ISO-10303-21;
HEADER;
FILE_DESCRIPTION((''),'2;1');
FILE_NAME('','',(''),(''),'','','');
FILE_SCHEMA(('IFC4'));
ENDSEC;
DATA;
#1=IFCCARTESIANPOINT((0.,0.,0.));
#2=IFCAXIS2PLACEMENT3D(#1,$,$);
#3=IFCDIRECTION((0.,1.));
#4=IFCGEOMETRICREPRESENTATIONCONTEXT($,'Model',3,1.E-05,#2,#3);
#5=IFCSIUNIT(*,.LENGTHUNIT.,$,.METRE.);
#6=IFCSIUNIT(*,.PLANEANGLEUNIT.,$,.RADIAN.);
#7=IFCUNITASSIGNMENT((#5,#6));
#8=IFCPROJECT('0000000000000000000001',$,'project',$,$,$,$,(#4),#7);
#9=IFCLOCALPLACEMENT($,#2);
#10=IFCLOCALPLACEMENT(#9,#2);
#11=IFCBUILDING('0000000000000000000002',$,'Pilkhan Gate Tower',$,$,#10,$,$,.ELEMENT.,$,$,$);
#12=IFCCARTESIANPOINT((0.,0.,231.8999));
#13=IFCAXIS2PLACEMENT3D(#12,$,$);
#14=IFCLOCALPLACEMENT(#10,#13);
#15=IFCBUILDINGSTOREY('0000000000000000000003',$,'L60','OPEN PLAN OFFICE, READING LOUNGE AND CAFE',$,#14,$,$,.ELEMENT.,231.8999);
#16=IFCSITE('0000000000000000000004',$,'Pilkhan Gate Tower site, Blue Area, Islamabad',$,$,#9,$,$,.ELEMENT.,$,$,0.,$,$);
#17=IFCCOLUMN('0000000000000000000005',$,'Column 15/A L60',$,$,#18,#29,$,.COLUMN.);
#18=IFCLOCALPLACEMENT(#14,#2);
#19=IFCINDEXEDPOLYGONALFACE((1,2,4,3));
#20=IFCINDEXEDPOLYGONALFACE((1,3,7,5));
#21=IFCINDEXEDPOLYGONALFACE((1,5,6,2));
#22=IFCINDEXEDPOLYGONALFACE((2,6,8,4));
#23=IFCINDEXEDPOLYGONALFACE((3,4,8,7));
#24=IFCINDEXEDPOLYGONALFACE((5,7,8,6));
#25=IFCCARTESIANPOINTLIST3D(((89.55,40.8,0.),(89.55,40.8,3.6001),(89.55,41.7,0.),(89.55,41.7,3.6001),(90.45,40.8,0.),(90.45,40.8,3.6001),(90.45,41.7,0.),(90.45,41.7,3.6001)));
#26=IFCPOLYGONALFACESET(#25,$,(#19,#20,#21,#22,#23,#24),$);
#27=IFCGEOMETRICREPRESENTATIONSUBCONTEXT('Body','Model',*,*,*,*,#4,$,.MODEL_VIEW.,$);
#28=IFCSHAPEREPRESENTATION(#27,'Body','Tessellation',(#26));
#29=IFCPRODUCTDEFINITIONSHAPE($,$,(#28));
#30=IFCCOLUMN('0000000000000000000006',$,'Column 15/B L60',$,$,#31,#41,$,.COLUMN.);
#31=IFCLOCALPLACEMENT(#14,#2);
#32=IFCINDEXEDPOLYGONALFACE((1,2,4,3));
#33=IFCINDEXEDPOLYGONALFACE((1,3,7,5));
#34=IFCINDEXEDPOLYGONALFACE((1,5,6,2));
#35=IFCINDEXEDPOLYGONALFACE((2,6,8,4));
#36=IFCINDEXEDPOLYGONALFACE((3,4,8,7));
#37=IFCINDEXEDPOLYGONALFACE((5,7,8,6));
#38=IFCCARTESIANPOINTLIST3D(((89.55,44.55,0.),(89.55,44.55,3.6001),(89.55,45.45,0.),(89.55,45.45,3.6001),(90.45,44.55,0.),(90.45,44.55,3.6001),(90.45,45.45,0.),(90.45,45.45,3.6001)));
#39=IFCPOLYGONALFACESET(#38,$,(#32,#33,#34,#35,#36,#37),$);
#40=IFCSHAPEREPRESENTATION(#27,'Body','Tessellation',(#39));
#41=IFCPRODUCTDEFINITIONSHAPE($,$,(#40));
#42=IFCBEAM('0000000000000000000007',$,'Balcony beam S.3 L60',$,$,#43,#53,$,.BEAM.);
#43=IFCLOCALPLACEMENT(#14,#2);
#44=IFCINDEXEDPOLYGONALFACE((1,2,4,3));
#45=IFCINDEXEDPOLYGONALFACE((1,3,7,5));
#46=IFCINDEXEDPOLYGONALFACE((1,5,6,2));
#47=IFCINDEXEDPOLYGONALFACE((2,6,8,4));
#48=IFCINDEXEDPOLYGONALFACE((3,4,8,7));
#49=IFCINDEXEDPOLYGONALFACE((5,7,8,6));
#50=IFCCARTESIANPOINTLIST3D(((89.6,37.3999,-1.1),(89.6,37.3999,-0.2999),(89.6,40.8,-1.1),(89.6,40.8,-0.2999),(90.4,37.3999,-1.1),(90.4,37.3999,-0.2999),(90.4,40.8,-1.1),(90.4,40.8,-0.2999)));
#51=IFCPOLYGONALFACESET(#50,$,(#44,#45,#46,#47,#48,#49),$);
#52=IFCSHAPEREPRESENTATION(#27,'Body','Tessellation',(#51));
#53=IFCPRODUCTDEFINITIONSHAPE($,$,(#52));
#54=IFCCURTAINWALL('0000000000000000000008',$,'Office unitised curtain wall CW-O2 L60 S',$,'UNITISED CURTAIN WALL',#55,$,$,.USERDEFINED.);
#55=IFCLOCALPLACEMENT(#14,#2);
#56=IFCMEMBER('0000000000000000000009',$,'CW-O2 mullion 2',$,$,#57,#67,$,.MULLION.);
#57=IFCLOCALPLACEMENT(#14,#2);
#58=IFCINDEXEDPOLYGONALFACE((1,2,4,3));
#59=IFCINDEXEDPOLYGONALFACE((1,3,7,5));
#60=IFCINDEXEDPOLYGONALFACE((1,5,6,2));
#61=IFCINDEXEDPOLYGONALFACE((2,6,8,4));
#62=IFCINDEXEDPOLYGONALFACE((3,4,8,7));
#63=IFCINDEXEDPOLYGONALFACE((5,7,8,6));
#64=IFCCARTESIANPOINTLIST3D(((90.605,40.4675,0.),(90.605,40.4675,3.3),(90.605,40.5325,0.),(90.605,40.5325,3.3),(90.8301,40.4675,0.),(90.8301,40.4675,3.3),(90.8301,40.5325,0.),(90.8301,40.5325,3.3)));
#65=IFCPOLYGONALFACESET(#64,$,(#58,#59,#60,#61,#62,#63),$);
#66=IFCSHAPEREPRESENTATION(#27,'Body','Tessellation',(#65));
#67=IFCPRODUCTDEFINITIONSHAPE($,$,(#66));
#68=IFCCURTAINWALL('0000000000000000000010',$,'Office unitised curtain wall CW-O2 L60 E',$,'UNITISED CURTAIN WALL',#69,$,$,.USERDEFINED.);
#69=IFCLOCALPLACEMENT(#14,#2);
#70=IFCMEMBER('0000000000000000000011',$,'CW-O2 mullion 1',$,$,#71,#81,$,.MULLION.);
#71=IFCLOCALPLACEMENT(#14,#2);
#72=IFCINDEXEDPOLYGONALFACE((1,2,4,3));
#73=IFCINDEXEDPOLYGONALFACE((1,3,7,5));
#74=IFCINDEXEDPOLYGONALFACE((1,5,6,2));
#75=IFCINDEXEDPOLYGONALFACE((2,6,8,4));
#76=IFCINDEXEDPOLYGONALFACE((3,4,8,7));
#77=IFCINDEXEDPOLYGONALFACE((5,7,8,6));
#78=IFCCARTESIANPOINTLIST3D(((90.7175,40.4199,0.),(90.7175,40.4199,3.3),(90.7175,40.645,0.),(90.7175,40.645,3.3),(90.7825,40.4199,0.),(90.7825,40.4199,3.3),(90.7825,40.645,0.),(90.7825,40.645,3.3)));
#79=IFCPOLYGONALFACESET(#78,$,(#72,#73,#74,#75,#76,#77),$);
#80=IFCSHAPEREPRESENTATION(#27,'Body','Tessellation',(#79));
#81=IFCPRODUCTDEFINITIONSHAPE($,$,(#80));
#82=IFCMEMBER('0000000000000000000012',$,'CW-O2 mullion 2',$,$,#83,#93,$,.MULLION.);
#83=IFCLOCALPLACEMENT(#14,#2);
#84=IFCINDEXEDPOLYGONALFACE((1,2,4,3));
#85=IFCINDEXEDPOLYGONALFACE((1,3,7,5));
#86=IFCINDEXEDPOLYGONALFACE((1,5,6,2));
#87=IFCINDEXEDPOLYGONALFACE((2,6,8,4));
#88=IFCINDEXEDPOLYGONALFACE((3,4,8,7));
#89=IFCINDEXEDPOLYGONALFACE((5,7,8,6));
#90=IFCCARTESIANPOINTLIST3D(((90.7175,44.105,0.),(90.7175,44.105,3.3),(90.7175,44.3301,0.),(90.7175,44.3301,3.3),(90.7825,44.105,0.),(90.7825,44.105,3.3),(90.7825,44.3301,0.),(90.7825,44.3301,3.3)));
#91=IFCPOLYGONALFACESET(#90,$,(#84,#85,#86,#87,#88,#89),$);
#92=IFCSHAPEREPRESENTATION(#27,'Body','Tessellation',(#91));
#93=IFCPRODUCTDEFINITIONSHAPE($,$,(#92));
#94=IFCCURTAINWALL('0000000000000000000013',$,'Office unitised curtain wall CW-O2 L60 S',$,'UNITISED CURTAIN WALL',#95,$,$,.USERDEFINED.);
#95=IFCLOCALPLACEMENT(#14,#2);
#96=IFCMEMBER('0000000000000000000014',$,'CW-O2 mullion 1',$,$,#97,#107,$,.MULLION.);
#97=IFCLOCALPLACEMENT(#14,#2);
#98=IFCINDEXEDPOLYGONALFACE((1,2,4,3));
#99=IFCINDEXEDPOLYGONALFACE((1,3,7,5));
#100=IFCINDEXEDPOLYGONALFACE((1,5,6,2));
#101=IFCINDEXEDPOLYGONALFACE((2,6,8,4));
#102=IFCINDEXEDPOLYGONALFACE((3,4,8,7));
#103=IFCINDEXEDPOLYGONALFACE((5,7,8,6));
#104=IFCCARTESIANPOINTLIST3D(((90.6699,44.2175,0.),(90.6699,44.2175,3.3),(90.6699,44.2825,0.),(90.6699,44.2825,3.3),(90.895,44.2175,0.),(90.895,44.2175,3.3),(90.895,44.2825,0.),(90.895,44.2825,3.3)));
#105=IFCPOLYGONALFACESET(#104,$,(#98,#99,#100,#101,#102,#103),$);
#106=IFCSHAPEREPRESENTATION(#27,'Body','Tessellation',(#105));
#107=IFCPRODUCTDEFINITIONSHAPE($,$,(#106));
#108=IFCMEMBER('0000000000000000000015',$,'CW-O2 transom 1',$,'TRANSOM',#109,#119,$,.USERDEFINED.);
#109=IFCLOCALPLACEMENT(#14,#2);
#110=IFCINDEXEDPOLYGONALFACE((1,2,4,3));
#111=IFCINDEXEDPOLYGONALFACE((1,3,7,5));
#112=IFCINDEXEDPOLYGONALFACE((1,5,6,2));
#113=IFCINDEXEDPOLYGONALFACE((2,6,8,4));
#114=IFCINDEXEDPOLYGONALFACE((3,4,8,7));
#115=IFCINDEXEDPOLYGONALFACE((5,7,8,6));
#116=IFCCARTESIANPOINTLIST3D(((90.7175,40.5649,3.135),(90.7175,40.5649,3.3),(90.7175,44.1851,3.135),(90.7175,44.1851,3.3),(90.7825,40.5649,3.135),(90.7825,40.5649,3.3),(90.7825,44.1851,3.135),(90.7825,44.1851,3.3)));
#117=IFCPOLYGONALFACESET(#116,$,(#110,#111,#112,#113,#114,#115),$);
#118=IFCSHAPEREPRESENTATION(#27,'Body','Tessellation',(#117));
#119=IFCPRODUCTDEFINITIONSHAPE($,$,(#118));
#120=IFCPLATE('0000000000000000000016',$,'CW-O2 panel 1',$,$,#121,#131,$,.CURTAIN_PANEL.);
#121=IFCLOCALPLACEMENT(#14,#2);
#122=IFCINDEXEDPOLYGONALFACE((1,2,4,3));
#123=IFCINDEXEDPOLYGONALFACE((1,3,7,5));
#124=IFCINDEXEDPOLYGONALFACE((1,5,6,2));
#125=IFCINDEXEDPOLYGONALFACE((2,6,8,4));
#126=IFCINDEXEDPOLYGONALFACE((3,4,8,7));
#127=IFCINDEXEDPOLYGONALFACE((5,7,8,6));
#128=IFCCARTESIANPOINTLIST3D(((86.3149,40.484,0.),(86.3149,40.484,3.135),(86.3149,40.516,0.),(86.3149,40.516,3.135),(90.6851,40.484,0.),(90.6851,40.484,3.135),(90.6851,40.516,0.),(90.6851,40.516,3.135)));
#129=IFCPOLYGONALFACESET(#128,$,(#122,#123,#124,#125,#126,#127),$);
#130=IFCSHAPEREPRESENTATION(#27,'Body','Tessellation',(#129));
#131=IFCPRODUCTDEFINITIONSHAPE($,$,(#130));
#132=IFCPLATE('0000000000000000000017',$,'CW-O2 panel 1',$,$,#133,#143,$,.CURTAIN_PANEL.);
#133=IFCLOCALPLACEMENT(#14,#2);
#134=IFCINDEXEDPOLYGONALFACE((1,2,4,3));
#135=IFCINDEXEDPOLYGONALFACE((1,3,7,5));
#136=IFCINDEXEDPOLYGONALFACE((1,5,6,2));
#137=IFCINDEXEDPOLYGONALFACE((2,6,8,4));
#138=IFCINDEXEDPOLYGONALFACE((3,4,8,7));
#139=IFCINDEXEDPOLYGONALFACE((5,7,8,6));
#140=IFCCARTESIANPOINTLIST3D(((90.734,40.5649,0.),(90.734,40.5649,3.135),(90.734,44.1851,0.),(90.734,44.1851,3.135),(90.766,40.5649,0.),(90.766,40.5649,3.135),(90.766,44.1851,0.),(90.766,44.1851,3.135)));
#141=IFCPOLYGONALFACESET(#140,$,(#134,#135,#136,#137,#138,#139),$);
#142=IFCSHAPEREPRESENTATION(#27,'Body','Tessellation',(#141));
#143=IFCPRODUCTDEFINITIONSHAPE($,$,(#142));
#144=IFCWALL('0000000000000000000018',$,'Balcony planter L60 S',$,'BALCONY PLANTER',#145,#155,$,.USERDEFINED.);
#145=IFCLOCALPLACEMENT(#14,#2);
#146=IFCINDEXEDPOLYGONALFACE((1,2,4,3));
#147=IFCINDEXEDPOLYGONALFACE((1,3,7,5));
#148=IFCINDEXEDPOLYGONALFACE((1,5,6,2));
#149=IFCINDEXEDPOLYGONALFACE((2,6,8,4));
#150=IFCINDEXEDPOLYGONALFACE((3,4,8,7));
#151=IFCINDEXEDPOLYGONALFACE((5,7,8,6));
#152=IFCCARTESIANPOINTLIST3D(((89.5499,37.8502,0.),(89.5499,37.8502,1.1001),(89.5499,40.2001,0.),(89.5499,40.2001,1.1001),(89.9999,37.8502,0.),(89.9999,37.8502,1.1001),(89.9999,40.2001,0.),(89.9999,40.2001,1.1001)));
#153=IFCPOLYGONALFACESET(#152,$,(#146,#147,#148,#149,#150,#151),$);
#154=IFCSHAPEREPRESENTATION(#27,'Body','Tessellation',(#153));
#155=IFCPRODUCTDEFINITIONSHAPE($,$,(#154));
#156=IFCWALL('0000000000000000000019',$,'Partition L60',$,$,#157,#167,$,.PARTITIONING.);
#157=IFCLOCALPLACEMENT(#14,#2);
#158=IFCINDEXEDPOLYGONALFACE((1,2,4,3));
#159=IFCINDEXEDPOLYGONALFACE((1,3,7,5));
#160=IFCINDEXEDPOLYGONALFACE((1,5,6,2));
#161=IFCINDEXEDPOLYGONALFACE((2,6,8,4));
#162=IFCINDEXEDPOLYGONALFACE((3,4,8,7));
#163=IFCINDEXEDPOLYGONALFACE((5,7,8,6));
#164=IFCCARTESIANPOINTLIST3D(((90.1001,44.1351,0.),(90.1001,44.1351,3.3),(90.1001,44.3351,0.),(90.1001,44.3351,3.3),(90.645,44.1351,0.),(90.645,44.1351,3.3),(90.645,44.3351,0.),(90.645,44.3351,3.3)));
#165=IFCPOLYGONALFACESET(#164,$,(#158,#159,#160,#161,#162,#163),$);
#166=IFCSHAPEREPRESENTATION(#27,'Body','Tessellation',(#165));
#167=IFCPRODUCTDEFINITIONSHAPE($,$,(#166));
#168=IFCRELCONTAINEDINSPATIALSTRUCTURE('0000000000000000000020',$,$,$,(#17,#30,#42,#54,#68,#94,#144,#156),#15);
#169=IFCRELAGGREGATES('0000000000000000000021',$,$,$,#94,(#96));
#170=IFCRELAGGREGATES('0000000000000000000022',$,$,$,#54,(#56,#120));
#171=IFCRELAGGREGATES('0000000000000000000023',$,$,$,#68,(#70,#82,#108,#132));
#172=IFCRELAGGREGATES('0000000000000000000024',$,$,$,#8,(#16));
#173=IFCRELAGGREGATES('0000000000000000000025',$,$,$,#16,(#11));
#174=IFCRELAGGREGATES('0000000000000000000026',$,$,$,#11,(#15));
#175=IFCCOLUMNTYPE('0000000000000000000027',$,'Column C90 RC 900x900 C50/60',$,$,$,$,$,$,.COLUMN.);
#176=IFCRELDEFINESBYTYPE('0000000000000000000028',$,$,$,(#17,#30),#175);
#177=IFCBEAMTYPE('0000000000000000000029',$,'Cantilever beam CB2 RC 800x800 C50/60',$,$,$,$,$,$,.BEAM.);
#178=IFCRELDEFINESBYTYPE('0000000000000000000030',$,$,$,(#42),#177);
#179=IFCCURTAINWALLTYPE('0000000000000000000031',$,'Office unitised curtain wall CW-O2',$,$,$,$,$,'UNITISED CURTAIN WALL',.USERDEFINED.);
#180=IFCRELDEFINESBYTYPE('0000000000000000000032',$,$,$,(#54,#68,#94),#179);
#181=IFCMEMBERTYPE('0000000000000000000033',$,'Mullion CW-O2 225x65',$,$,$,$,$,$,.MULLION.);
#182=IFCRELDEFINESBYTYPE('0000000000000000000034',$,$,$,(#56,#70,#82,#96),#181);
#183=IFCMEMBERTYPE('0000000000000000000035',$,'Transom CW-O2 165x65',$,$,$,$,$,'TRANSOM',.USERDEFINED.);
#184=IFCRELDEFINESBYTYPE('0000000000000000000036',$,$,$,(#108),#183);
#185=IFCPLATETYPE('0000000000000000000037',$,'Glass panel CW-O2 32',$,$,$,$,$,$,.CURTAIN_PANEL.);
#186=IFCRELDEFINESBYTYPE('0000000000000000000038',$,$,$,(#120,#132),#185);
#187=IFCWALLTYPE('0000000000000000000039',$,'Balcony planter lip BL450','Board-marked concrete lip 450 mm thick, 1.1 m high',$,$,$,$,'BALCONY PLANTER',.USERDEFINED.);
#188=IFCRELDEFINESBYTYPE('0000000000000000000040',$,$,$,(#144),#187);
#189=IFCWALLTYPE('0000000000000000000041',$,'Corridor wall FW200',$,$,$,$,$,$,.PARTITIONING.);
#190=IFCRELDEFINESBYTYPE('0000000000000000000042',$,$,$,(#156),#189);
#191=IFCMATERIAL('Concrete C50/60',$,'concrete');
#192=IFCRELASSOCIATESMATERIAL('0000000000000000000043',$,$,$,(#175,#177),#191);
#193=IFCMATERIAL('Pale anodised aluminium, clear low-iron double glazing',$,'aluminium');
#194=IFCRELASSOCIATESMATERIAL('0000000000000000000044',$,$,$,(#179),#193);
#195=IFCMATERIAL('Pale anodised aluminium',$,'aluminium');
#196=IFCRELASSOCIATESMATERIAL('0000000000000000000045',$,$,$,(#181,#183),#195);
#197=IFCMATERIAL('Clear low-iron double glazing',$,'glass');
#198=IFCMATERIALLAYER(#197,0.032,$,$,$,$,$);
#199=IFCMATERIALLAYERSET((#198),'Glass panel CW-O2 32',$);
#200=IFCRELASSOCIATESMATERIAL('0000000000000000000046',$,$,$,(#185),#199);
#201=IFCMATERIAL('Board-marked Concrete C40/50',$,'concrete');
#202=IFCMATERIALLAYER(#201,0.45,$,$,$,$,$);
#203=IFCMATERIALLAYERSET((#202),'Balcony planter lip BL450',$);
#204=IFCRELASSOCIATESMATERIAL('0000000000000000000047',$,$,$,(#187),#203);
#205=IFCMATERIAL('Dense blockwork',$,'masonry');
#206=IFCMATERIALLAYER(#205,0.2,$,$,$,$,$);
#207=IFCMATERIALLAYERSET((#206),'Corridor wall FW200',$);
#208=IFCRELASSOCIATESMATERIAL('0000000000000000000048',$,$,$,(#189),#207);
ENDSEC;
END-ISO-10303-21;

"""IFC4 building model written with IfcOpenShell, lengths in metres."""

from ifc_helpers import new_model, si_unit, direction, frame, frame_2d, origin, origin_2d, place, context, subcontext, project, spatial, rectangle, extrude, material, layer, layer_set, material_profile, profile_set, type_object, element, aggregate, save


model = new_model("IFC4")

# Units and contexts
model_context = context("Model", 3, precision=1e-05, world=origin(), true_north=direction((0.0, 1.0)))
body_context = subcontext(model_context, "Body", "Model", "MODEL_VIEW")
ifc_project = project(units=[si_unit("LENGTHUNIT", "METRE"), si_unit("PLANEANGLEUNIT", "RADIAN")], contexts=[model_context])

# Site, building, storey
site_placement = place(None, origin())
site = spatial("IfcSite", under=ifc_project, at=site_placement, Name="Pilkhan Gate Tower site, Blue Area, Islamabad", CompositionType="ELEMENT", RefElevation=0.0)
building_placement = place(site_placement, origin())
building = spatial("IfcBuilding", under=site, at=building_placement, Name="Pilkhan Gate Tower", CompositionType="ELEMENT")
storey_placement = place(building_placement, frame((0.0, 0.0, 231.8999)))
storey = spatial("IfcBuildingStorey", under=building, at=storey_placement, Name="L60", Description="OPEN PLAN OFFICE, READING LOUNGE AND CAFE", CompositionType="ELEMENT", Elevation=231.8999)

# Columns
ifc_material_1 = material(Name="Concrete C50/60", Category="concrete")
ifc_material_profile_1 = material_profile(ifc_material_1, rectangle(XDim=0.8999, YDim=0.8999, at=origin_2d()), Name="RC 900x900")
ifc_profile_set_1 = profile_set([ifc_material_profile_1], Name="Concrete C50/60")
column_type = type_object("IfcColumnType", Name="Column C90 RC 900x900 C50/60", PredefinedType="COLUMN", material=ifc_profile_set_1)
for number, where, z_axis, x_axis, name in (
    (1, (90.0, 41.25, 0.0), (0.0, 0.0, 1.0), (1.0, 0.0, 0.0), "Column 15/A L60"),
    (2, (90.0, 45.0, 0.0), (0.0, 0.0, 1.0), (1.0, 0.0, 0.0), "Column 15/B L60"),
):
    element("IfcColumn", number, at=place(storey_placement, frame(where, z_axis=z_axis, x_axis=x_axis)), inside=storey, type_object=column_type, Name=name, PredefinedType="COLUMN", context=body_context, shape_type="SweptSolid", body=[
        extrude(rectangle(XDim=0.8999, YDim=0.8999, at=origin_2d()), origin(), (0.0, 0.0, 1.0), 3.6001),
    ])

# Beam
ifc_material_profile_2 = material_profile(ifc_material_1, rectangle(XDim=0.8, YDim=0.8, at=origin_2d()), Name="RC 800x800")
ifc_profile_set_2 = profile_set([ifc_material_profile_2], Name="Concrete C50/60")
beam_type = type_object("IfcBeamType", Name="Cantilever beam CB2 RC 800x800 C50/60", PredefinedType="BEAM", material=ifc_profile_set_2)
beam_placement = place(storey_placement, frame((90.0, 40.8, -0.7), z_axis=(0.0, -1.0, 0.0), x_axis=(1.0, 0.0, 0.0)))
element("IfcBeam", 3, at=beam_placement, inside=storey, type_object=beam_type, Name="Balcony beam S.3 L60", PredefinedType="BEAM", context=body_context, shape_type="SweptSolid", body=[
    extrude(rectangle(XDim=0.8, YDim=0.8, at=origin_2d()), origin(), (0.0, 0.0, 1.0), 3.4001),
])

# Curtain wall, member
ifc_material_2 = material(Name="Pale anodised aluminium, clear low-iron double glazing", Category="aluminium")
curtain_wall_type = type_object("IfcCurtainWallType", Name="Office unitised curtain wall CW-O2", ElementType="UNITISED CURTAIN WALL", PredefinedType="USERDEFINED", material=ifc_material_2)
curtain_wall_1_placement = place(storey_placement, origin())
curtain_wall_1 = element("IfcCurtainWall", 4, at=curtain_wall_1_placement, inside=storey, type_object=curtain_wall_type, Name="Office unitised curtain wall CW-O2 L60 S", ObjectType="UNITISED CURTAIN WALL", PredefinedType="USERDEFINED")
ifc_material_3 = material(Name="Pale anodised aluminium", Category="aluminium")
ifc_material_profile_3 = material_profile(ifc_material_3, rectangle(XDim=0.0649, YDim=0.2251, at=origin_2d()), Name="Mullion 225x65")
ifc_profile_set_3 = profile_set([ifc_material_profile_3], Name="Pale anodised aluminium")
member_type_1 = type_object("IfcMemberType", Name="Mullion CW-O2 225x65", PredefinedType="MULLION", material=ifc_profile_set_3)
member_1_placement = place(storey_placement, frame((90.7175, 40.5, 0.0), z_axis=(0.0, 0.0, 1.0), x_axis=(0.0, 1.0, 0.0)))
member_1 = element("IfcMember", 5, at=member_1_placement, type_object=member_type_1, Name="CW-O2 mullion 2", PredefinedType="MULLION", context=body_context, shape_type="SweptSolid", body=[
    extrude(rectangle(XDim=0.0649, YDim=0.2251, at=origin_2d()), origin(), (0.0, 0.0, 1.0), 3.3),
])

# Curtain wall, members
curtain_wall_2_placement = place(storey_placement, origin())
curtain_wall_2 = element("IfcCurtainWall", 6, at=curtain_wall_2_placement, inside=storey, type_object=curtain_wall_type, Name="Office unitised curtain wall CW-O2 L60 E", ObjectType="UNITISED CURTAIN WALL", PredefinedType="USERDEFINED")
member_2_placement = place(storey_placement, frame((90.75, 40.5325, 0.0), z_axis=(0.0, 0.0, 1.0), x_axis=(-1.0, 0.0, 0.0)))
member_2 = element("IfcMember", 7, at=member_2_placement, type_object=member_type_1, Name="CW-O2 mullion 1", PredefinedType="MULLION", context=body_context, shape_type="SweptSolid", body=[
    extrude(rectangle(XDim=0.0649, YDim=0.2251, at=origin_2d()), origin(), (0.0, 0.0, 1.0), 3.3),
])
member_3_placement = place(storey_placement, frame((90.75, 44.2175, 0.0), z_axis=(0.0, 0.0, 1.0), x_axis=(-1.0, 0.0, 0.0)))
member_3 = element("IfcMember", 8, at=member_3_placement, type_object=member_type_1, Name="CW-O2 mullion 2", PredefinedType="MULLION", context=body_context, shape_type="SweptSolid", body=[
    extrude(rectangle(XDim=0.0649, YDim=0.2251, at=origin_2d()), origin(), (0.0, 0.0, 1.0), 3.3),
])

# Curtain wall, member
curtain_wall_3_placement = place(storey_placement, origin())
curtain_wall_3 = element("IfcCurtainWall", 9, at=curtain_wall_3_placement, inside=storey, type_object=curtain_wall_type, Name="Office unitised curtain wall CW-O2 L60 S", ObjectType="UNITISED CURTAIN WALL", PredefinedType="USERDEFINED")
member_4_placement = place(storey_placement, frame((90.7825, 44.25, 0.0), z_axis=(0.0, 0.0, 1.0), x_axis=(0.0, 1.0, 0.0)))
member_4 = element("IfcMember", 10, at=member_4_placement, type_object=member_type_1, Name="CW-O2 mullion 1", PredefinedType="MULLION", context=body_context, shape_type="SweptSolid", body=[
    extrude(rectangle(XDim=0.0649, YDim=0.2251, at=origin_2d()), origin(), (0.0, 0.0, 1.0), 3.3),
])
aggregate(curtain_wall_3, [member_4])

# Member
ifc_material_profile_4 = material_profile(ifc_material_3, rectangle(XDim=0.0649, YDim=0.165, at=origin_2d()), Name="Transom 165x65")
ifc_profile_set_4 = profile_set([ifc_material_profile_4], Name="Pale anodised aluminium")
member_type_2 = type_object("IfcMemberType", Name="Transom CW-O2 165x65", ElementType="TRANSOM", PredefinedType="USERDEFINED", material=ifc_profile_set_4)
member_5_placement = place(storey_placement, frame((90.75, 40.5649, 3.2175), z_axis=(0.0, 1.0, 0.0), x_axis=(-1.0, 0.0, 0.0)))
member_5 = element("IfcMember", 11, at=member_5_placement, type_object=member_type_2, Name="CW-O2 transom 1", ObjectType="TRANSOM", PredefinedType="USERDEFINED", context=body_context, shape_type="SweptSolid", body=[
    extrude(rectangle(XDim=0.0649, YDim=0.165, at=origin_2d()), origin(), (0.0, 0.0, 1.0), 3.6201),
])

# Plates
ifc_material_4 = material(Name="Clear low-iron double glazing", Category="glass")
ifc_layer_1 = layer(ifc_material_4, 0.032)
ifc_layer_set_1 = layer_set([ifc_layer_1], Name="Glass panel CW-O2 32")
plate_type = type_object("IfcPlateType", Name="Glass panel CW-O2 32", PredefinedType="CURTAIN_PANEL", material=ifc_layer_set_1)
plate_1_placement = place(storey_placement, frame((88.5, 40.5, 0.0), z_axis=(0.0, 0.0, 1.0), x_axis=(1.0, 0.0, 0.0)))
plate_1 = element("IfcPlate", 12, at=plate_1_placement, type_object=plate_type, Name="CW-O2 panel 1", PredefinedType="CURTAIN_PANEL", context=body_context, shape_type="SweptSolid", body=[
    extrude(rectangle(XDim=4.3701, YDim=0.032, at=origin_2d()), origin(), (0.0, 0.0, 1.0), 3.135),
])
aggregate(curtain_wall_1, [member_1, plate_1])
plate_2_placement = place(storey_placement, frame((90.75, 42.375, 0.0), z_axis=(0.0, 0.0, 1.0), x_axis=(0.0, 1.0, 0.0)))
plate_2 = element("IfcPlate", 13, at=plate_2_placement, type_object=plate_type, Name="CW-O2 panel 1", PredefinedType="CURTAIN_PANEL", context=body_context, shape_type="SweptSolid", body=[
    extrude(rectangle(XDim=3.6201, YDim=0.032, at=origin_2d()), origin(), (0.0, 0.0, 1.0), 3.135),
])
aggregate(curtain_wall_2, [member_2, member_3, member_5, plate_2])

# Walls
ifc_material_5 = material(Name="Board-marked Concrete C40/50", Category="concrete")
ifc_layer_2 = layer(ifc_material_5, 0.45)
ifc_layer_set_2 = layer_set([ifc_layer_2], Name="Balcony planter lip BL450")
wall_type_1 = type_object("IfcWallType", Name="Balcony planter lip BL450", Description="Board-marked concrete lip 450 mm thick, 1.1 m high", ElementType="BALCONY PLANTER", PredefinedType="USERDEFINED", material=ifc_layer_set_2)
wall_1_placement = place(storey_placement, frame((89.7749, 40.2, 0.0), z_axis=(0.0, 0.0, 1.0), x_axis=(0.0, -1.0, 0.0)))
element("IfcWall", 14, at=wall_1_placement, inside=storey, type_object=wall_type_1, Name="Balcony planter L60 S", ObjectType="BALCONY PLANTER", PredefinedType="USERDEFINED", context=body_context, shape_type="SweptSolid", body=[
    extrude(rectangle(XDim=2.3499, YDim=0.45, at=frame_2d((1.1748, 0.0))), origin(), (0.0, 0.0, 1.0), 1.1001),
])
ifc_material_6 = material(Name="Dense blockwork", Category="masonry")
ifc_layer_3 = layer(ifc_material_6, 0.2)
ifc_layer_set_3 = layer_set([ifc_layer_3], Name="Corridor wall FW200")
wall_type_2 = type_object("IfcWallType", Name="Corridor wall FW200", PredefinedType="PARTITIONING", material=ifc_layer_set_3)
wall_2_placement = place(storey_placement, frame((90.1001, 44.2351, 0.0), z_axis=(0.0, 0.0, 1.0), x_axis=(1.0, 0.0, 0.0)))
element("IfcWall", 15, at=wall_2_placement, inside=storey, type_object=wall_type_2, Name="Partition L60", PredefinedType="PARTITIONING", context=body_context, shape_type="SweptSolid", body=[
    extrude(rectangle(XDim=0.5449, YDim=0.2, at=frame_2d((0.2725, 0.0))), origin(), (0.0, 0.0, 1.0), 3.3),
])

save(model, "model.ifc")
